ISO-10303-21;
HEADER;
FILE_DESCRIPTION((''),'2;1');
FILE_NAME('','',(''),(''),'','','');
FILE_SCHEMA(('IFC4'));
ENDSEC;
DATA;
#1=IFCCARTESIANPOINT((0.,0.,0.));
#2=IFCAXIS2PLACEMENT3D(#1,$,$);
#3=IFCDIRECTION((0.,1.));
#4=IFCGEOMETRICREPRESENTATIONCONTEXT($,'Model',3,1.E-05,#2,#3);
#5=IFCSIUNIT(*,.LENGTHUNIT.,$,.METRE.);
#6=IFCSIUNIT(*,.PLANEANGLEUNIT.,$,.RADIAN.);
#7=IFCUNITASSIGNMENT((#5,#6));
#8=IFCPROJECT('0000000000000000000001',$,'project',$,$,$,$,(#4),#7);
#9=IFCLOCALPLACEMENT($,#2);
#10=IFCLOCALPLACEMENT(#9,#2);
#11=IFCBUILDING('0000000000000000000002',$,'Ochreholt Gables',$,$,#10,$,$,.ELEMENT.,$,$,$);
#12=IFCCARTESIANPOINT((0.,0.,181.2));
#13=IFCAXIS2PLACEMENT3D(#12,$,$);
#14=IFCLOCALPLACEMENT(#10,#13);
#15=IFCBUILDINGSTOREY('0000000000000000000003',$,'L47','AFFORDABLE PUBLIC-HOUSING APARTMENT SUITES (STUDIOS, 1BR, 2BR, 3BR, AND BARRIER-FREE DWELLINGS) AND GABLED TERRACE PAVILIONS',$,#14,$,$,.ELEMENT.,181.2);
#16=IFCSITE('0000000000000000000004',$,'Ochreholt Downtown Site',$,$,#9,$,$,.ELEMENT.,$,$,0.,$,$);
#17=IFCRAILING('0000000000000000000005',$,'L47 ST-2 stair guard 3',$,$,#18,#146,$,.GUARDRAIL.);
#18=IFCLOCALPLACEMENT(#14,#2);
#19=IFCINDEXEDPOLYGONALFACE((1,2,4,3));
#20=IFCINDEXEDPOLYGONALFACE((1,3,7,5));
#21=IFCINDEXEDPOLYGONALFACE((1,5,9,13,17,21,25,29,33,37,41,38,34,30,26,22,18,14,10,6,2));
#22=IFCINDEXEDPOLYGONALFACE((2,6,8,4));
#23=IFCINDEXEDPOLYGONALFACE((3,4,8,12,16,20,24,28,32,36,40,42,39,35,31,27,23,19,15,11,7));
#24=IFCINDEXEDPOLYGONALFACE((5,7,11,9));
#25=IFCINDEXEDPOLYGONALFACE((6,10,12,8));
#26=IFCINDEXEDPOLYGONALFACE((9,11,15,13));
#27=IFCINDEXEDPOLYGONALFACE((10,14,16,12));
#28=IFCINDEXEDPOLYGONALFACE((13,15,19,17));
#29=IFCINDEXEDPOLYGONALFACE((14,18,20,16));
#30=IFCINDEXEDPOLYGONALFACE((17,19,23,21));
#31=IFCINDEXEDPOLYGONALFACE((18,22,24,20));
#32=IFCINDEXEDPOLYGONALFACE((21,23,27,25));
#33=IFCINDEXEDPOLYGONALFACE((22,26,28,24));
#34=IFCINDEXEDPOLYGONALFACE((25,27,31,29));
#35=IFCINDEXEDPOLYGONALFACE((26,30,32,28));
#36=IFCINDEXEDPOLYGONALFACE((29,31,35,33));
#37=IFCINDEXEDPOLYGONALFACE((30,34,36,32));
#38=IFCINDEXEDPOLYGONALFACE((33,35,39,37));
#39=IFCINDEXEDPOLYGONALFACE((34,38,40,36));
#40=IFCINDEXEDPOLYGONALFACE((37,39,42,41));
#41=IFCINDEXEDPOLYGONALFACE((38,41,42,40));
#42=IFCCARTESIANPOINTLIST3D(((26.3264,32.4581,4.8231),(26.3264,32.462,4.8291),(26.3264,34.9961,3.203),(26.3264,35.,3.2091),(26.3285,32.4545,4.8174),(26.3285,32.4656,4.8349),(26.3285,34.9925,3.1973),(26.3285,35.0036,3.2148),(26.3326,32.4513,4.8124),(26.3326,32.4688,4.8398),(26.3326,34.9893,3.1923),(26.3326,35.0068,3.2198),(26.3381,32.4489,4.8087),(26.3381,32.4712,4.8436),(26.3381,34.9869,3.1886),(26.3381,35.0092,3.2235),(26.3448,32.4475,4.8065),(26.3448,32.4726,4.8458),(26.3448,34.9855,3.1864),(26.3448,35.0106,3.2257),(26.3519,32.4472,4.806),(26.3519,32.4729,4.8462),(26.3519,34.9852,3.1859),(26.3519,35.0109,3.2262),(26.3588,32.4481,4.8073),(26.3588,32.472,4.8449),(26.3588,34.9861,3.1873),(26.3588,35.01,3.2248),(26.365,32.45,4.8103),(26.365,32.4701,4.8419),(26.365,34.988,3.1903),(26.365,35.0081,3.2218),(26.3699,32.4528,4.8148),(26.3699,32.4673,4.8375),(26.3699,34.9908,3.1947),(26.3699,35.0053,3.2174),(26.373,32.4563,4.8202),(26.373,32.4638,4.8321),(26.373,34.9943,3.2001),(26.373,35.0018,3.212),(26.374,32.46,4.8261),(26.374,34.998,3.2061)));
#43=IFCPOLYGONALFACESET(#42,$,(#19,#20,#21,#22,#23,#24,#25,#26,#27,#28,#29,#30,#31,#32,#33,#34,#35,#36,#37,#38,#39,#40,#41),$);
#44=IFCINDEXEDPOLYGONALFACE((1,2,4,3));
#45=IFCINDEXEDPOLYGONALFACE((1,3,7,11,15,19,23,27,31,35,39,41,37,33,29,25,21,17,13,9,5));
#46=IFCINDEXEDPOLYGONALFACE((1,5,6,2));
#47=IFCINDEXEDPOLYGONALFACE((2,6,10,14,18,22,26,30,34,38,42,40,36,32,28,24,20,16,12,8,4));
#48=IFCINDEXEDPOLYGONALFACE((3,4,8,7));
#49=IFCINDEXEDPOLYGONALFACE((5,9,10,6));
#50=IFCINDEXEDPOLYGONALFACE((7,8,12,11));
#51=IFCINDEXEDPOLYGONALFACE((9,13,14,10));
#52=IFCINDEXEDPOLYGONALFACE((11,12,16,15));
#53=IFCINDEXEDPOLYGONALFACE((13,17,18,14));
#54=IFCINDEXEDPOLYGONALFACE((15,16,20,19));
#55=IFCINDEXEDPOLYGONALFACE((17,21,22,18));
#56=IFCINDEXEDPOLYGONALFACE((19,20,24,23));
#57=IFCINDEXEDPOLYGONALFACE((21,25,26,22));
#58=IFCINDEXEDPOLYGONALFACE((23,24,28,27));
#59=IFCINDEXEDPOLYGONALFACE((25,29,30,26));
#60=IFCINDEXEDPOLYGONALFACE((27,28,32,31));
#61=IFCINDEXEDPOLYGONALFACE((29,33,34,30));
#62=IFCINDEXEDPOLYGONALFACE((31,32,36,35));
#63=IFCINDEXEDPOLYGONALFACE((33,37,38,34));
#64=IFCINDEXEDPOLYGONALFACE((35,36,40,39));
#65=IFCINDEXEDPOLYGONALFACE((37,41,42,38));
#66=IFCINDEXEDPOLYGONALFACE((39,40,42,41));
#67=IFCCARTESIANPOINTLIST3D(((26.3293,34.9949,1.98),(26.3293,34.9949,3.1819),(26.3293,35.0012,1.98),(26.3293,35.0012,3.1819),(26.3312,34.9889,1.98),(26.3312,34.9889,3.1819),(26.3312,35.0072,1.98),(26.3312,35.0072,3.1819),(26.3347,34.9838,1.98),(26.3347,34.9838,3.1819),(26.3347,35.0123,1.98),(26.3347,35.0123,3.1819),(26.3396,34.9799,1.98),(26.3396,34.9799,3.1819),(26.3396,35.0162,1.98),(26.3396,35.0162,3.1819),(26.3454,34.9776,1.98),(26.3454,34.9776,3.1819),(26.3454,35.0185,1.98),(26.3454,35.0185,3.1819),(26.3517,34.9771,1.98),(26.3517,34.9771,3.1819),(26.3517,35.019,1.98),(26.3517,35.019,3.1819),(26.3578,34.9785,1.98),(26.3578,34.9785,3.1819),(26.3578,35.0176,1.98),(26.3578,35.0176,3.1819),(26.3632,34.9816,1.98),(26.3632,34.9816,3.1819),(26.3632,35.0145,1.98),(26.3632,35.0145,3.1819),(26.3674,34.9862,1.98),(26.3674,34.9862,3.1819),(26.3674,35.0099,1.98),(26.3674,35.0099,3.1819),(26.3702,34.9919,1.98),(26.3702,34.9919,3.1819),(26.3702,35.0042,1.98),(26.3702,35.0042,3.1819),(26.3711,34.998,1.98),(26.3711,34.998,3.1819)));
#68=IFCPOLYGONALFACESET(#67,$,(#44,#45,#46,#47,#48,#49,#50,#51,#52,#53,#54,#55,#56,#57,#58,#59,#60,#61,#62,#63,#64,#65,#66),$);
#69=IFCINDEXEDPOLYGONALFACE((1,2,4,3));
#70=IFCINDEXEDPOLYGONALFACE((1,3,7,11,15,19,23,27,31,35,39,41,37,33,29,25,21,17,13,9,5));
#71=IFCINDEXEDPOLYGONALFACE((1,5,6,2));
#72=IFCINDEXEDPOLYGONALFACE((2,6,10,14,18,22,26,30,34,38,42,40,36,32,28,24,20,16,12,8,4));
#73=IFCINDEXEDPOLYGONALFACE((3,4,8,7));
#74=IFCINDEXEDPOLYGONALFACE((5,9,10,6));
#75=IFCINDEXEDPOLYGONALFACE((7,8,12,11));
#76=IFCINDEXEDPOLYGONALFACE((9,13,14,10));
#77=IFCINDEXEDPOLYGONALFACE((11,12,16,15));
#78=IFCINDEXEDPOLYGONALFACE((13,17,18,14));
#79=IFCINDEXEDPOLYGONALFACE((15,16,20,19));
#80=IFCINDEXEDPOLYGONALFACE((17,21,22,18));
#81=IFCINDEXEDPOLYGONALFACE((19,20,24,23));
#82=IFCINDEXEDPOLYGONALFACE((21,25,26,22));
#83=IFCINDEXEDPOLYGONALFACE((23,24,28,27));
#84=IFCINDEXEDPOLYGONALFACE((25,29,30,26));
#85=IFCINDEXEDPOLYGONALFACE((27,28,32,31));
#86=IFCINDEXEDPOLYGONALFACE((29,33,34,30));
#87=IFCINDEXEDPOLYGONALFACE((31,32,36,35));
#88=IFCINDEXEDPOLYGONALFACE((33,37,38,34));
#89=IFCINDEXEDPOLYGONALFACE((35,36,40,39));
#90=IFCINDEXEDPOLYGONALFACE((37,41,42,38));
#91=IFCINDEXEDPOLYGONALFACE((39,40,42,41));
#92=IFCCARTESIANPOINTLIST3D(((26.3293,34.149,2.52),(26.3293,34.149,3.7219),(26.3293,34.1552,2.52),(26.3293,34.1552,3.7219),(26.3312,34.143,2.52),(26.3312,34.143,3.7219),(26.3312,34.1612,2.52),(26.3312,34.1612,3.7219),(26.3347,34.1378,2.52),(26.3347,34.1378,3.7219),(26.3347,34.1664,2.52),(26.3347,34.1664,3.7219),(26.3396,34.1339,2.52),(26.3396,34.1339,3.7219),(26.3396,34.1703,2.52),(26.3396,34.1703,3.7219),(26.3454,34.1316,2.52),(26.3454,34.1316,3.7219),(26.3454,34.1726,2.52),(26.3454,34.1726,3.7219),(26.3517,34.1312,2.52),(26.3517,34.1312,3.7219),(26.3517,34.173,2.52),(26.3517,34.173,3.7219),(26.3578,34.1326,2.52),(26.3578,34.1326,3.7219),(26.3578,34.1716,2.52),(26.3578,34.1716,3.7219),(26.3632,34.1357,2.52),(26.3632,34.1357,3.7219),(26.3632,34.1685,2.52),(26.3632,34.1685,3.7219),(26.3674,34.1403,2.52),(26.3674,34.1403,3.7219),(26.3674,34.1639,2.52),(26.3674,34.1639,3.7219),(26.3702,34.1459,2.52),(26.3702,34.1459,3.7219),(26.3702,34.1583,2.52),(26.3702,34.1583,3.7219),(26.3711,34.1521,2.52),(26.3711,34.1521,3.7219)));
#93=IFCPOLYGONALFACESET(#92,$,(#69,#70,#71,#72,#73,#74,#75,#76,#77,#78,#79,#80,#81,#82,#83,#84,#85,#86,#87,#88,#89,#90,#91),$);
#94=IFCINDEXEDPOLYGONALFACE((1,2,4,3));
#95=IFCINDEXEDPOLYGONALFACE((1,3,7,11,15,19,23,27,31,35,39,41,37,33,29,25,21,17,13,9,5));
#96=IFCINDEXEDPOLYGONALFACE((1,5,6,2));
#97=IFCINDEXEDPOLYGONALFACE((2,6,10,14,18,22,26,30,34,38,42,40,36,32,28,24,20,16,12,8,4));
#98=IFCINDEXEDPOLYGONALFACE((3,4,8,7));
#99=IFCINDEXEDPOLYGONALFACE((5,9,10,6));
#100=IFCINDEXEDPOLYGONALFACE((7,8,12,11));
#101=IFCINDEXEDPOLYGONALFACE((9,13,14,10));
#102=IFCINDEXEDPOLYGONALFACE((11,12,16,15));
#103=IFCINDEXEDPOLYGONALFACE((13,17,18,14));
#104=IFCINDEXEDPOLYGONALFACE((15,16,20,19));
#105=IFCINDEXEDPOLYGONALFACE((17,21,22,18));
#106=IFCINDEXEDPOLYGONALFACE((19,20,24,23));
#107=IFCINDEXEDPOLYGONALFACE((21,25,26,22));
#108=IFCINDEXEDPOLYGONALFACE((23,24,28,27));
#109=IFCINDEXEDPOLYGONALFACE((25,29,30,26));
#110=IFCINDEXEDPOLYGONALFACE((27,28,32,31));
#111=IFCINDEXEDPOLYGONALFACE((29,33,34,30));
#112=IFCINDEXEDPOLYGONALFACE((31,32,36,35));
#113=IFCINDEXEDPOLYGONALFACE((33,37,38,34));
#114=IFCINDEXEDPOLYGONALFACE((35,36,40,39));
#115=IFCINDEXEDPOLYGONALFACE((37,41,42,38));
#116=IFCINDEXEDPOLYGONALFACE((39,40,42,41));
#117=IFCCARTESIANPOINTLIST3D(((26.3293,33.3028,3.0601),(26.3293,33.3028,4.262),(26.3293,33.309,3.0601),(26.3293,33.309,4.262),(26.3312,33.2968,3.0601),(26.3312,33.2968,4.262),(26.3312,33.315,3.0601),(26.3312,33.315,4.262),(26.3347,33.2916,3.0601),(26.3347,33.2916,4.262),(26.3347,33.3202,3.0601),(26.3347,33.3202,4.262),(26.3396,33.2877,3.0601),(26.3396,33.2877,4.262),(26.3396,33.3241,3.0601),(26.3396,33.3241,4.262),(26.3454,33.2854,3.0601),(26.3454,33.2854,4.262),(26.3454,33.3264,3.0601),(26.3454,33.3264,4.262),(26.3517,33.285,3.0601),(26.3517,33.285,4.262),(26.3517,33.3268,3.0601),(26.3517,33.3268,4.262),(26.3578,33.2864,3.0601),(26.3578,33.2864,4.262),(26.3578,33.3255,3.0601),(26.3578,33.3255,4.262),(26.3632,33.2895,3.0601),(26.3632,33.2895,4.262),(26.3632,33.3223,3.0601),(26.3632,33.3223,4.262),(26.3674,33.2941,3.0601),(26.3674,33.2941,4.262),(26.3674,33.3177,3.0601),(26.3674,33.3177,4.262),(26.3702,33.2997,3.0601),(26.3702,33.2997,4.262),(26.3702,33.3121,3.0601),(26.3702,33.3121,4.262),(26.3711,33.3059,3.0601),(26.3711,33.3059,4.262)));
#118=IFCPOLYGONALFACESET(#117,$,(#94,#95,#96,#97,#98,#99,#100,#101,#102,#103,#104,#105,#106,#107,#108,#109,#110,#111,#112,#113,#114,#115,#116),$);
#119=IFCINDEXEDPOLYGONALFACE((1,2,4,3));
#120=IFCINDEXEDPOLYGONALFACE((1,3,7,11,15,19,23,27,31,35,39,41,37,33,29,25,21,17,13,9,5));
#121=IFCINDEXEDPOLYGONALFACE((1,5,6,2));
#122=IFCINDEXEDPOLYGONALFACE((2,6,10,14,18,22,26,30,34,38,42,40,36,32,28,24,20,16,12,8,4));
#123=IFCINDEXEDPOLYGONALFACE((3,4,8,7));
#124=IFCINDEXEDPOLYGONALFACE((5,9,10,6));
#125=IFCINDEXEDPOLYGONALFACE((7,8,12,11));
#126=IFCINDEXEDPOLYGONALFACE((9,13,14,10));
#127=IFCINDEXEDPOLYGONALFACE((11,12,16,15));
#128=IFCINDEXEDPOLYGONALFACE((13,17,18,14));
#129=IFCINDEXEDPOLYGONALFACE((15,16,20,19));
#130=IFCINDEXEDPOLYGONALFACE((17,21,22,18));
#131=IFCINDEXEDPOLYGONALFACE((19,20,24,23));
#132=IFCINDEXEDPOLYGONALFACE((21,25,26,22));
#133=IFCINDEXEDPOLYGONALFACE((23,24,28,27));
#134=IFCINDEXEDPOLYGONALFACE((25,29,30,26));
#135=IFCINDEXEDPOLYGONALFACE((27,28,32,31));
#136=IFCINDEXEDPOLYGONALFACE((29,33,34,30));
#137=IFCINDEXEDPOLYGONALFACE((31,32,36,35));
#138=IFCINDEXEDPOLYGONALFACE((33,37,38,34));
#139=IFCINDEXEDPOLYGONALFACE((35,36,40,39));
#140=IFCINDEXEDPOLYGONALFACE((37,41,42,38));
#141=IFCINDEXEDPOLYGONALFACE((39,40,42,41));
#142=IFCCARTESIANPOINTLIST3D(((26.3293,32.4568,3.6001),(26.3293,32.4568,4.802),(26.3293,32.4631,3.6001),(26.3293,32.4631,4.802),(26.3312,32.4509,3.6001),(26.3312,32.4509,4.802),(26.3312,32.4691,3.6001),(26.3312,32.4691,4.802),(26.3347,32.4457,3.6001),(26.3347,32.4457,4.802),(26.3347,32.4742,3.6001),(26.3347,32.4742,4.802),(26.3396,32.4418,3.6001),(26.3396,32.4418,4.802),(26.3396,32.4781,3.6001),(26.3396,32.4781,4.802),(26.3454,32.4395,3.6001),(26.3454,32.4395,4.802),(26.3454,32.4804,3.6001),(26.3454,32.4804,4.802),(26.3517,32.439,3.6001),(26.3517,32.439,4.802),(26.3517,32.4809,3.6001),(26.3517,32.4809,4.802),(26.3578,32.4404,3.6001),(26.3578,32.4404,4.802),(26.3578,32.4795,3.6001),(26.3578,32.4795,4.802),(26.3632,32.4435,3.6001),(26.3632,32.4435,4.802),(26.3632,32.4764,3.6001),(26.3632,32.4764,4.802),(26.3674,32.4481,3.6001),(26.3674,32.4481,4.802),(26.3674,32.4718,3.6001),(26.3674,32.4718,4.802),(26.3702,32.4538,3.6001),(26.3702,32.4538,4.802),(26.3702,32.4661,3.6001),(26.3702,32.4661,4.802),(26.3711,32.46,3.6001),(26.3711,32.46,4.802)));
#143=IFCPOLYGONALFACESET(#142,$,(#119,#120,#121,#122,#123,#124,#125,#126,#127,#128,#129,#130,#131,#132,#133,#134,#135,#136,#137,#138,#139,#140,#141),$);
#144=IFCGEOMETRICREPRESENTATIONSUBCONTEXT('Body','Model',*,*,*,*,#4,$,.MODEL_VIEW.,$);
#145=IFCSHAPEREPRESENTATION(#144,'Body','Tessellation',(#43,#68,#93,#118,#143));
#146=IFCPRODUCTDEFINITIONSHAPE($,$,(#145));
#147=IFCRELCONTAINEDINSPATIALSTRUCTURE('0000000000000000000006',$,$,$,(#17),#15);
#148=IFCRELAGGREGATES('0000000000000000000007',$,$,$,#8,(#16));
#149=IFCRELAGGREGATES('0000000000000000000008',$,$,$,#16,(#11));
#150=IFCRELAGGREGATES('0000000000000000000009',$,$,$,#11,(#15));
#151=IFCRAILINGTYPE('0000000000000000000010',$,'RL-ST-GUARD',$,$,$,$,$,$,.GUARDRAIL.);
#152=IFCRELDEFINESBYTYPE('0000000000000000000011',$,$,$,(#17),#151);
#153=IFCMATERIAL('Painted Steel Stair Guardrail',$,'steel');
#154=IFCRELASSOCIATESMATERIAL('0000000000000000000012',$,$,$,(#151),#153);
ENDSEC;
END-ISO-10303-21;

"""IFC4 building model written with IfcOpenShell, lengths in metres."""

from ifc_helpers import new_model, si_unit, direction, frame, origin, origin_2d, place, context, subcontext, project, spatial, circle, extrude, material, type_object, element, save


model = new_model("IFC4")

# Units and contexts
model_context = context("Model", 3, precision=1e-05, world=origin(), true_north=direction((0.0, 1.0)))
body_context = subcontext(model_context, "Body", "Model", "MODEL_VIEW")
ifc_project = project(units=[si_unit("LENGTHUNIT", "METRE"), si_unit("PLANEANGLEUNIT", "RADIAN")], contexts=[model_context])

# Site, building, storey
site_placement = place(None, origin())
site = spatial("IfcSite", under=ifc_project, at=site_placement, Name="Ochreholt Downtown Site", CompositionType="ELEMENT", RefElevation=0.0)
building_placement = place(site_placement, origin())
building = spatial("IfcBuilding", under=site, at=building_placement, Name="Ochreholt Gables", CompositionType="ELEMENT")
storey_placement = place(building_placement, frame((0.0, 0.0, 181.2)))
storey = spatial("IfcBuildingStorey", under=building, at=storey_placement, Name="L47", Description="AFFORDABLE PUBLIC-HOUSING APARTMENT SUITES (STUDIOS, 1BR, 2BR, 3BR, AND BARRIER-FREE DWELLINGS) AND GABLED TERRACE PAVILIONS", CompositionType="ELEMENT", Elevation=181.2)

# Railing
ifc_material_1 = material(Name="Painted Steel Stair Guardrail", Category="steel")
railing_type_1 = type_object("IfcRailingType", Name="RL-ST-GUARD", PredefinedType="GUARDRAIL", material=ifc_material_1)
railing_1_placement = place(storey_placement, frame((26.3501, 34.998, 1.98)))
element("IfcRailing", 1, at=railing_1_placement, inside=storey, type_object=railing_type_1, Name="L47 ST-2 stair guard 3", PredefinedType="GUARDRAIL", context=body_context, shape_type="SweptSolid", body=[
    extrude(circle(Radius=0.0239, at=origin_2d()), frame((0.0, 0.0, 1.2261), z_axis=(0.0, -0.842913, 0.53805), x_axis=(1.0, 0.0, 0.0)), (0.0, 0.0, 1.0), 3.011),
    extrude(circle(Radius=0.021, at=origin_2d()), origin(), (0.0, 0.0, 1.0), 1.2019),
    extrude(circle(Radius=0.021, at=origin_2d()), frame((0.0, -0.8459, 0.54)), (0.0, 0.0, 1.0), 1.2019),
    extrude(circle(Radius=0.021, at=origin_2d()), frame((0.0, -1.6921, 1.0801)), (0.0, 0.0, 1.0), 1.2019),
    extrude(circle(Radius=0.021, at=origin_2d()), frame((0.0, -2.5381, 1.6201)), (0.0, 0.0, 1.0), 1.2019),
])

save(model, "model.ifc")
